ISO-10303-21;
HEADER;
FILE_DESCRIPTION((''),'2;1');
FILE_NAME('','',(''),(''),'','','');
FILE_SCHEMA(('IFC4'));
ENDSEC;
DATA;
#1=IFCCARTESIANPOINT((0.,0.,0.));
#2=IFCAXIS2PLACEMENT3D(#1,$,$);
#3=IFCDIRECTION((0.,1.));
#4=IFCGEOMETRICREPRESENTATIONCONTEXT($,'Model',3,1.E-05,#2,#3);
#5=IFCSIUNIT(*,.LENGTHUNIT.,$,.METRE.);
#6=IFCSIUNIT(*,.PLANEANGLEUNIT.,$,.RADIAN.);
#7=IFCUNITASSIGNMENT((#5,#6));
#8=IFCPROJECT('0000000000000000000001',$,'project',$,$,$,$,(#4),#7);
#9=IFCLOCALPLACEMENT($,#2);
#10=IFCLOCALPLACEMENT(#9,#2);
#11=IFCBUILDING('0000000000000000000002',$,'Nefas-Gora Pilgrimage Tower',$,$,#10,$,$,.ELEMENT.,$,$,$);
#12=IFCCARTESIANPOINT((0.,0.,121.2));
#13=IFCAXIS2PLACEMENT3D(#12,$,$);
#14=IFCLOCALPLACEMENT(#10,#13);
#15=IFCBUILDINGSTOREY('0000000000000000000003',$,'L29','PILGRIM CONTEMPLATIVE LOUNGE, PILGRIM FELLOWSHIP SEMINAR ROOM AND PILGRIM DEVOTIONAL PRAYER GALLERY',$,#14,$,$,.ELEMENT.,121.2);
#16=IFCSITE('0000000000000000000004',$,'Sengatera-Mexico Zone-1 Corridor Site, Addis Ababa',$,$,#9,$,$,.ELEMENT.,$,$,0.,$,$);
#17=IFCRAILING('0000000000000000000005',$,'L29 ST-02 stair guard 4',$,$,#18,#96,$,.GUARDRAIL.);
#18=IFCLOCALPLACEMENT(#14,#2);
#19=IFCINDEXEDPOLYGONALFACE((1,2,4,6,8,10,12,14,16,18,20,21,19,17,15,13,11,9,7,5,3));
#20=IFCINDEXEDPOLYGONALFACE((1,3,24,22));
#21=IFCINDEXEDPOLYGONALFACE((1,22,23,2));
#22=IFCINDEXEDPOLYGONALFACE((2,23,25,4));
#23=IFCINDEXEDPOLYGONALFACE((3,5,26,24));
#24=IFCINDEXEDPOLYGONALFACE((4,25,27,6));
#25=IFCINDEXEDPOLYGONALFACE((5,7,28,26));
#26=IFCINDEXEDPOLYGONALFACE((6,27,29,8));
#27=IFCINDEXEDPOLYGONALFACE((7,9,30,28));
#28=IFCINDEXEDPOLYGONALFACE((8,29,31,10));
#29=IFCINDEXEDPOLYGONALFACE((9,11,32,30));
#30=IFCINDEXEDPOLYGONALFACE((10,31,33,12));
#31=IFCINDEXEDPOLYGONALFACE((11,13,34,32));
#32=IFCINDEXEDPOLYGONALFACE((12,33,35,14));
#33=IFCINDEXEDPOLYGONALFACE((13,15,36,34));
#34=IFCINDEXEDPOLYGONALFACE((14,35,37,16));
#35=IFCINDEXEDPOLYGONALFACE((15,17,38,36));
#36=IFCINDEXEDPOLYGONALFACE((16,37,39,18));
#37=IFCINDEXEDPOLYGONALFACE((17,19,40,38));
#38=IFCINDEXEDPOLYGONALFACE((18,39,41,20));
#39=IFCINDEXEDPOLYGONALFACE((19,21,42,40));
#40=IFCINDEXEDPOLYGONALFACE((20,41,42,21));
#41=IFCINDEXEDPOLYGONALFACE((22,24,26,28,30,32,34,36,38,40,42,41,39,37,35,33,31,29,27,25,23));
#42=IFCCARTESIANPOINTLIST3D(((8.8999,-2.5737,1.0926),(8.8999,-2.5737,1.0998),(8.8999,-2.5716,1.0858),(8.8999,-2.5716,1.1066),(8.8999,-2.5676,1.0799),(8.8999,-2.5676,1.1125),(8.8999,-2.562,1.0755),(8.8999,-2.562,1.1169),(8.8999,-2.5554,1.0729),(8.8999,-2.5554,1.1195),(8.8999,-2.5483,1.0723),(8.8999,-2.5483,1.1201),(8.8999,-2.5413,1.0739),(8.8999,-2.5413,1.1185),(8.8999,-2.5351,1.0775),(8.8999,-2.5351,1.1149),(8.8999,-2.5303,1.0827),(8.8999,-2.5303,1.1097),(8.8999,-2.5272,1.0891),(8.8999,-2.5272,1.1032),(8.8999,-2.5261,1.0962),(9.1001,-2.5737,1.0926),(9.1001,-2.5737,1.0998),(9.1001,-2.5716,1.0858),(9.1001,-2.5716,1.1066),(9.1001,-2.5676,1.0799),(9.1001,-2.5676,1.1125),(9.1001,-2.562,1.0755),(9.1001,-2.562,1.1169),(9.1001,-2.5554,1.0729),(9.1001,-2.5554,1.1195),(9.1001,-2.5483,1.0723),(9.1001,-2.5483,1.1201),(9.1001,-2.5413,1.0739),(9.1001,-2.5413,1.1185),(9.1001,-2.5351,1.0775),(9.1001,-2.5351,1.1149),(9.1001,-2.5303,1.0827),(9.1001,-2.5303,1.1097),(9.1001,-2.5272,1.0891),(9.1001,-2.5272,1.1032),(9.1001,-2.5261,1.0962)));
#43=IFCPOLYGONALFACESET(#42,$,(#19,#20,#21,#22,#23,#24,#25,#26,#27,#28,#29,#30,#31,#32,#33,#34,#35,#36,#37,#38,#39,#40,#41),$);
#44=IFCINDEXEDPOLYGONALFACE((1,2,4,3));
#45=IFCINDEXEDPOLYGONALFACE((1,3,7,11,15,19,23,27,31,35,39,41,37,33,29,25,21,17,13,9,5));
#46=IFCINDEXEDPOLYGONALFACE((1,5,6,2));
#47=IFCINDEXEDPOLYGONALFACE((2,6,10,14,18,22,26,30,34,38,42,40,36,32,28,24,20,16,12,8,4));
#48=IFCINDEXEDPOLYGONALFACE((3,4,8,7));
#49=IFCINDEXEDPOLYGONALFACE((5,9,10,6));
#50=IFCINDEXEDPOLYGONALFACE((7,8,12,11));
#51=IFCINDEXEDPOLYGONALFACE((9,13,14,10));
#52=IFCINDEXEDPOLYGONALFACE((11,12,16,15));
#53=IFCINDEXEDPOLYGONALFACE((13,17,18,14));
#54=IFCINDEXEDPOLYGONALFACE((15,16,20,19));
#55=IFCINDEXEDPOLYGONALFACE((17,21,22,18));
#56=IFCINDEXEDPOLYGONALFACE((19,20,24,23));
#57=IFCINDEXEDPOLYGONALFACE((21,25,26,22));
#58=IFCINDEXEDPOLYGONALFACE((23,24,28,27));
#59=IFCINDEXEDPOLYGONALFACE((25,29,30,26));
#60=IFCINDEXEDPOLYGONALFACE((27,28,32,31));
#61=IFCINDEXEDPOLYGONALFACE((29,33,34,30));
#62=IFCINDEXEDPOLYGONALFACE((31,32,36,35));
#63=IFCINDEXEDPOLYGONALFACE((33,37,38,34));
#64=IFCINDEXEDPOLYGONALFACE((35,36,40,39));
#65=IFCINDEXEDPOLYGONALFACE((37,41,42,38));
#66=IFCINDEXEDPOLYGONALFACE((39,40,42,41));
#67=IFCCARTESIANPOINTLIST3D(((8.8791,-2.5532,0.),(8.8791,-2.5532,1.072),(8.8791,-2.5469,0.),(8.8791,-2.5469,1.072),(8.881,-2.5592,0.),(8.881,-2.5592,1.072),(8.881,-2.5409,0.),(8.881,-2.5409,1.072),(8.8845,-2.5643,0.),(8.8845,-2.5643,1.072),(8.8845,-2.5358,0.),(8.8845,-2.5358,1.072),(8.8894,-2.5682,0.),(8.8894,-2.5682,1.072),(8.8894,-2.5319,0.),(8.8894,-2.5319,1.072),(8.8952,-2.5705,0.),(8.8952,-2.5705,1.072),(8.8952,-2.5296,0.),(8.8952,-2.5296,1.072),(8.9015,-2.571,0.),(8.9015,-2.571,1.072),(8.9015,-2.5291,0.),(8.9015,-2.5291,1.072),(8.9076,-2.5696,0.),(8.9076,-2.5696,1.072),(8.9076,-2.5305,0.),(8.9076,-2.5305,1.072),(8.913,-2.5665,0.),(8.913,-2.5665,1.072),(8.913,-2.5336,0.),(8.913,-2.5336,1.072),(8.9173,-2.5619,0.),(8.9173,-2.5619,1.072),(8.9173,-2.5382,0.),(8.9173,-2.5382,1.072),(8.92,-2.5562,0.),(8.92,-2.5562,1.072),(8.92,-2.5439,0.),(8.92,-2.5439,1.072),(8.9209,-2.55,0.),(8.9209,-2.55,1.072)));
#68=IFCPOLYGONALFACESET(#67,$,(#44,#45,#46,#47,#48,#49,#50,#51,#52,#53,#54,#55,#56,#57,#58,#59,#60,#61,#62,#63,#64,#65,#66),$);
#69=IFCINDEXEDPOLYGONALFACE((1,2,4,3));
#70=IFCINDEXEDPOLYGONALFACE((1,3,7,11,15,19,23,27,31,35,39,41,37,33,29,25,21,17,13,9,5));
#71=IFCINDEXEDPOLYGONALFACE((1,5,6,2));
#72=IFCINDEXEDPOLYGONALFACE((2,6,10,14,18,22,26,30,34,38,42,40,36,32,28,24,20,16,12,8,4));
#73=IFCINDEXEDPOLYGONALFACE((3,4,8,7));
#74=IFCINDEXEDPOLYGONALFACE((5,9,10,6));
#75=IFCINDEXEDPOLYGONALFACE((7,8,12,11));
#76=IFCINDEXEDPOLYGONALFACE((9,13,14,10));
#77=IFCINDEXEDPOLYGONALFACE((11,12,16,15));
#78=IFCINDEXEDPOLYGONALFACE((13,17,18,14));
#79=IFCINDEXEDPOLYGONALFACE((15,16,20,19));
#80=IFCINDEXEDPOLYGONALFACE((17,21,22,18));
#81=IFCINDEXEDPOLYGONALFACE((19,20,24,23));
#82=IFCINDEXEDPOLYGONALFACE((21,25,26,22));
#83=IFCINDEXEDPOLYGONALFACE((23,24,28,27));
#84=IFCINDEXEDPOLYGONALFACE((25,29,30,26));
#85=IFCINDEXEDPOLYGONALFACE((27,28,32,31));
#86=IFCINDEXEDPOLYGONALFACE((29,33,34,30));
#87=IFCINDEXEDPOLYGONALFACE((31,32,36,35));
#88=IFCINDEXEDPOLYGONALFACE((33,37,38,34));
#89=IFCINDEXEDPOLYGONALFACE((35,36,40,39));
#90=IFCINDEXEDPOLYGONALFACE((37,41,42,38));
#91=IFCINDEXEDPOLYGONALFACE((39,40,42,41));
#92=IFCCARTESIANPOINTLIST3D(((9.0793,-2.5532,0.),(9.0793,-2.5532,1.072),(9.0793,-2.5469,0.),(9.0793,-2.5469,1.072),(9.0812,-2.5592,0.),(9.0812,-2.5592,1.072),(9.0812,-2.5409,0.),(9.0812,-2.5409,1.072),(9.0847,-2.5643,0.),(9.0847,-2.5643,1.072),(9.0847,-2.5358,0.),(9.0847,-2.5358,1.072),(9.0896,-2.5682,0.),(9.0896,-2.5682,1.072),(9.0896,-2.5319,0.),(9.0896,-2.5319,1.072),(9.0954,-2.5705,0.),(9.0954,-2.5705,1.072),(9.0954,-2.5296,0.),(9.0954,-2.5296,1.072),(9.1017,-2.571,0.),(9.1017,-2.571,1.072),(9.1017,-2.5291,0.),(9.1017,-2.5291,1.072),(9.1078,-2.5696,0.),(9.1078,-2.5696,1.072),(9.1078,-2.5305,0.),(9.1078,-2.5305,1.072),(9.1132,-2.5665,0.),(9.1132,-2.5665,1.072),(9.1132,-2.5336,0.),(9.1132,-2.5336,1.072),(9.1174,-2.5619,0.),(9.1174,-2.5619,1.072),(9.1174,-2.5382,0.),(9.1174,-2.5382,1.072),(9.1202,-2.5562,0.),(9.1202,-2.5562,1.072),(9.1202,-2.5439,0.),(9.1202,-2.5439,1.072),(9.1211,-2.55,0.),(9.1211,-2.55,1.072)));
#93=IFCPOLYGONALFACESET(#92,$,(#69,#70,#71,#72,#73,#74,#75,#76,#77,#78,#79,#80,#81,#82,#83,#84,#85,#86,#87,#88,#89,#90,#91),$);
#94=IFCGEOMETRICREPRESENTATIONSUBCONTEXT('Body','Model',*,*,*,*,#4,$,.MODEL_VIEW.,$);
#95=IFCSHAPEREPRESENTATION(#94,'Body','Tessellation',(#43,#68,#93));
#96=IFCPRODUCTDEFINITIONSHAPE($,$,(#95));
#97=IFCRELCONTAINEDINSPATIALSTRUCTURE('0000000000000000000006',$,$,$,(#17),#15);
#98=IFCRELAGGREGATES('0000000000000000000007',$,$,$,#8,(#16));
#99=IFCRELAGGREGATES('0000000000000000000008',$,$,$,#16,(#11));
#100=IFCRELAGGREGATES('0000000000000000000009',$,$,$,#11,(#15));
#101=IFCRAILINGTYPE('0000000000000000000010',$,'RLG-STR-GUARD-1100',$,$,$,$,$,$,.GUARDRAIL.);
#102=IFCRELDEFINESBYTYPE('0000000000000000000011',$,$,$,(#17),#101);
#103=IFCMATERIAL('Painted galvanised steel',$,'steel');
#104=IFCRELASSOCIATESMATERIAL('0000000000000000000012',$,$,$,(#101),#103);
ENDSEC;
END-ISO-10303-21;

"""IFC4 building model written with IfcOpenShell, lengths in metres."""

from ifc_helpers import new_model, si_unit, direction, frame, origin, origin_2d, place, context, subcontext, project, spatial, circle, extrude, material, type_object, element, save


model = new_model("IFC4")

# Units and contexts
model_context = context("Model", 3, precision=1e-05, world=origin(), true_north=direction((0.0, 1.0)))
body_context = subcontext(model_context, "Body", "Model", "MODEL_VIEW")
ifc_project = project(units=[si_unit("LENGTHUNIT", "METRE"), si_unit("PLANEANGLEUNIT", "RADIAN")], contexts=[model_context])

# Site, building, storey
site_placement = place(None, origin())
site = spatial("IfcSite", under=ifc_project, at=site_placement, Name="Sengatera-Mexico Zone-1 Corridor Site, Addis Ababa", CompositionType="ELEMENT", RefElevation=0.0)
building_placement = place(site_placement, origin())
building = spatial("IfcBuilding", under=site, at=building_placement, Name="Nefas-Gora Pilgrimage Tower", CompositionType="ELEMENT")
storey_placement = place(building_placement, frame((0.0, 0.0, 121.2)))
storey = spatial("IfcBuildingStorey", under=building, at=storey_placement, Name="L29", Description="PILGRIM CONTEMPLATIVE LOUNGE, PILGRIM FELLOWSHIP SEMINAR ROOM AND PILGRIM DEVOTIONAL PRAYER GALLERY", CompositionType="ELEMENT", Elevation=121.2)

# Railing
ifc_material_1 = material(Name="Painted galvanised steel", Category="steel")
railing_type_1 = type_object("IfcRailingType", Name="RLG-STR-GUARD-1100", PredefinedType="GUARDRAIL", material=ifc_material_1)
railing_1_placement = place(storey_placement, frame((8.8999, -2.55, 0.0)))
element("IfcRailing", 1, at=railing_1_placement, inside=storey, type_object=railing_type_1, Name="L29 ST-02 stair guard 4", PredefinedType="GUARDRAIL", context=body_context, shape_type="SweptSolid", body=[
    extrude(circle(Radius=0.0239, at=origin_2d()), frame((0.0, 0.0, 1.0962), z_axis=(1.0, 0.0, 0.0), x_axis=(0.0, 1.0, 0.0)), (0.0, 0.0, 1.0), 0.2002),
    extrude(circle(Radius=0.021, at=origin_2d()), origin(), (0.0, 0.0, 1.0), 1.072),
    extrude(circle(Radius=0.021, at=origin_2d()), frame((0.2002, 0.0, 0.0)), (0.0, 0.0, 1.0), 1.072),
])

save(model, "model.ifc")
